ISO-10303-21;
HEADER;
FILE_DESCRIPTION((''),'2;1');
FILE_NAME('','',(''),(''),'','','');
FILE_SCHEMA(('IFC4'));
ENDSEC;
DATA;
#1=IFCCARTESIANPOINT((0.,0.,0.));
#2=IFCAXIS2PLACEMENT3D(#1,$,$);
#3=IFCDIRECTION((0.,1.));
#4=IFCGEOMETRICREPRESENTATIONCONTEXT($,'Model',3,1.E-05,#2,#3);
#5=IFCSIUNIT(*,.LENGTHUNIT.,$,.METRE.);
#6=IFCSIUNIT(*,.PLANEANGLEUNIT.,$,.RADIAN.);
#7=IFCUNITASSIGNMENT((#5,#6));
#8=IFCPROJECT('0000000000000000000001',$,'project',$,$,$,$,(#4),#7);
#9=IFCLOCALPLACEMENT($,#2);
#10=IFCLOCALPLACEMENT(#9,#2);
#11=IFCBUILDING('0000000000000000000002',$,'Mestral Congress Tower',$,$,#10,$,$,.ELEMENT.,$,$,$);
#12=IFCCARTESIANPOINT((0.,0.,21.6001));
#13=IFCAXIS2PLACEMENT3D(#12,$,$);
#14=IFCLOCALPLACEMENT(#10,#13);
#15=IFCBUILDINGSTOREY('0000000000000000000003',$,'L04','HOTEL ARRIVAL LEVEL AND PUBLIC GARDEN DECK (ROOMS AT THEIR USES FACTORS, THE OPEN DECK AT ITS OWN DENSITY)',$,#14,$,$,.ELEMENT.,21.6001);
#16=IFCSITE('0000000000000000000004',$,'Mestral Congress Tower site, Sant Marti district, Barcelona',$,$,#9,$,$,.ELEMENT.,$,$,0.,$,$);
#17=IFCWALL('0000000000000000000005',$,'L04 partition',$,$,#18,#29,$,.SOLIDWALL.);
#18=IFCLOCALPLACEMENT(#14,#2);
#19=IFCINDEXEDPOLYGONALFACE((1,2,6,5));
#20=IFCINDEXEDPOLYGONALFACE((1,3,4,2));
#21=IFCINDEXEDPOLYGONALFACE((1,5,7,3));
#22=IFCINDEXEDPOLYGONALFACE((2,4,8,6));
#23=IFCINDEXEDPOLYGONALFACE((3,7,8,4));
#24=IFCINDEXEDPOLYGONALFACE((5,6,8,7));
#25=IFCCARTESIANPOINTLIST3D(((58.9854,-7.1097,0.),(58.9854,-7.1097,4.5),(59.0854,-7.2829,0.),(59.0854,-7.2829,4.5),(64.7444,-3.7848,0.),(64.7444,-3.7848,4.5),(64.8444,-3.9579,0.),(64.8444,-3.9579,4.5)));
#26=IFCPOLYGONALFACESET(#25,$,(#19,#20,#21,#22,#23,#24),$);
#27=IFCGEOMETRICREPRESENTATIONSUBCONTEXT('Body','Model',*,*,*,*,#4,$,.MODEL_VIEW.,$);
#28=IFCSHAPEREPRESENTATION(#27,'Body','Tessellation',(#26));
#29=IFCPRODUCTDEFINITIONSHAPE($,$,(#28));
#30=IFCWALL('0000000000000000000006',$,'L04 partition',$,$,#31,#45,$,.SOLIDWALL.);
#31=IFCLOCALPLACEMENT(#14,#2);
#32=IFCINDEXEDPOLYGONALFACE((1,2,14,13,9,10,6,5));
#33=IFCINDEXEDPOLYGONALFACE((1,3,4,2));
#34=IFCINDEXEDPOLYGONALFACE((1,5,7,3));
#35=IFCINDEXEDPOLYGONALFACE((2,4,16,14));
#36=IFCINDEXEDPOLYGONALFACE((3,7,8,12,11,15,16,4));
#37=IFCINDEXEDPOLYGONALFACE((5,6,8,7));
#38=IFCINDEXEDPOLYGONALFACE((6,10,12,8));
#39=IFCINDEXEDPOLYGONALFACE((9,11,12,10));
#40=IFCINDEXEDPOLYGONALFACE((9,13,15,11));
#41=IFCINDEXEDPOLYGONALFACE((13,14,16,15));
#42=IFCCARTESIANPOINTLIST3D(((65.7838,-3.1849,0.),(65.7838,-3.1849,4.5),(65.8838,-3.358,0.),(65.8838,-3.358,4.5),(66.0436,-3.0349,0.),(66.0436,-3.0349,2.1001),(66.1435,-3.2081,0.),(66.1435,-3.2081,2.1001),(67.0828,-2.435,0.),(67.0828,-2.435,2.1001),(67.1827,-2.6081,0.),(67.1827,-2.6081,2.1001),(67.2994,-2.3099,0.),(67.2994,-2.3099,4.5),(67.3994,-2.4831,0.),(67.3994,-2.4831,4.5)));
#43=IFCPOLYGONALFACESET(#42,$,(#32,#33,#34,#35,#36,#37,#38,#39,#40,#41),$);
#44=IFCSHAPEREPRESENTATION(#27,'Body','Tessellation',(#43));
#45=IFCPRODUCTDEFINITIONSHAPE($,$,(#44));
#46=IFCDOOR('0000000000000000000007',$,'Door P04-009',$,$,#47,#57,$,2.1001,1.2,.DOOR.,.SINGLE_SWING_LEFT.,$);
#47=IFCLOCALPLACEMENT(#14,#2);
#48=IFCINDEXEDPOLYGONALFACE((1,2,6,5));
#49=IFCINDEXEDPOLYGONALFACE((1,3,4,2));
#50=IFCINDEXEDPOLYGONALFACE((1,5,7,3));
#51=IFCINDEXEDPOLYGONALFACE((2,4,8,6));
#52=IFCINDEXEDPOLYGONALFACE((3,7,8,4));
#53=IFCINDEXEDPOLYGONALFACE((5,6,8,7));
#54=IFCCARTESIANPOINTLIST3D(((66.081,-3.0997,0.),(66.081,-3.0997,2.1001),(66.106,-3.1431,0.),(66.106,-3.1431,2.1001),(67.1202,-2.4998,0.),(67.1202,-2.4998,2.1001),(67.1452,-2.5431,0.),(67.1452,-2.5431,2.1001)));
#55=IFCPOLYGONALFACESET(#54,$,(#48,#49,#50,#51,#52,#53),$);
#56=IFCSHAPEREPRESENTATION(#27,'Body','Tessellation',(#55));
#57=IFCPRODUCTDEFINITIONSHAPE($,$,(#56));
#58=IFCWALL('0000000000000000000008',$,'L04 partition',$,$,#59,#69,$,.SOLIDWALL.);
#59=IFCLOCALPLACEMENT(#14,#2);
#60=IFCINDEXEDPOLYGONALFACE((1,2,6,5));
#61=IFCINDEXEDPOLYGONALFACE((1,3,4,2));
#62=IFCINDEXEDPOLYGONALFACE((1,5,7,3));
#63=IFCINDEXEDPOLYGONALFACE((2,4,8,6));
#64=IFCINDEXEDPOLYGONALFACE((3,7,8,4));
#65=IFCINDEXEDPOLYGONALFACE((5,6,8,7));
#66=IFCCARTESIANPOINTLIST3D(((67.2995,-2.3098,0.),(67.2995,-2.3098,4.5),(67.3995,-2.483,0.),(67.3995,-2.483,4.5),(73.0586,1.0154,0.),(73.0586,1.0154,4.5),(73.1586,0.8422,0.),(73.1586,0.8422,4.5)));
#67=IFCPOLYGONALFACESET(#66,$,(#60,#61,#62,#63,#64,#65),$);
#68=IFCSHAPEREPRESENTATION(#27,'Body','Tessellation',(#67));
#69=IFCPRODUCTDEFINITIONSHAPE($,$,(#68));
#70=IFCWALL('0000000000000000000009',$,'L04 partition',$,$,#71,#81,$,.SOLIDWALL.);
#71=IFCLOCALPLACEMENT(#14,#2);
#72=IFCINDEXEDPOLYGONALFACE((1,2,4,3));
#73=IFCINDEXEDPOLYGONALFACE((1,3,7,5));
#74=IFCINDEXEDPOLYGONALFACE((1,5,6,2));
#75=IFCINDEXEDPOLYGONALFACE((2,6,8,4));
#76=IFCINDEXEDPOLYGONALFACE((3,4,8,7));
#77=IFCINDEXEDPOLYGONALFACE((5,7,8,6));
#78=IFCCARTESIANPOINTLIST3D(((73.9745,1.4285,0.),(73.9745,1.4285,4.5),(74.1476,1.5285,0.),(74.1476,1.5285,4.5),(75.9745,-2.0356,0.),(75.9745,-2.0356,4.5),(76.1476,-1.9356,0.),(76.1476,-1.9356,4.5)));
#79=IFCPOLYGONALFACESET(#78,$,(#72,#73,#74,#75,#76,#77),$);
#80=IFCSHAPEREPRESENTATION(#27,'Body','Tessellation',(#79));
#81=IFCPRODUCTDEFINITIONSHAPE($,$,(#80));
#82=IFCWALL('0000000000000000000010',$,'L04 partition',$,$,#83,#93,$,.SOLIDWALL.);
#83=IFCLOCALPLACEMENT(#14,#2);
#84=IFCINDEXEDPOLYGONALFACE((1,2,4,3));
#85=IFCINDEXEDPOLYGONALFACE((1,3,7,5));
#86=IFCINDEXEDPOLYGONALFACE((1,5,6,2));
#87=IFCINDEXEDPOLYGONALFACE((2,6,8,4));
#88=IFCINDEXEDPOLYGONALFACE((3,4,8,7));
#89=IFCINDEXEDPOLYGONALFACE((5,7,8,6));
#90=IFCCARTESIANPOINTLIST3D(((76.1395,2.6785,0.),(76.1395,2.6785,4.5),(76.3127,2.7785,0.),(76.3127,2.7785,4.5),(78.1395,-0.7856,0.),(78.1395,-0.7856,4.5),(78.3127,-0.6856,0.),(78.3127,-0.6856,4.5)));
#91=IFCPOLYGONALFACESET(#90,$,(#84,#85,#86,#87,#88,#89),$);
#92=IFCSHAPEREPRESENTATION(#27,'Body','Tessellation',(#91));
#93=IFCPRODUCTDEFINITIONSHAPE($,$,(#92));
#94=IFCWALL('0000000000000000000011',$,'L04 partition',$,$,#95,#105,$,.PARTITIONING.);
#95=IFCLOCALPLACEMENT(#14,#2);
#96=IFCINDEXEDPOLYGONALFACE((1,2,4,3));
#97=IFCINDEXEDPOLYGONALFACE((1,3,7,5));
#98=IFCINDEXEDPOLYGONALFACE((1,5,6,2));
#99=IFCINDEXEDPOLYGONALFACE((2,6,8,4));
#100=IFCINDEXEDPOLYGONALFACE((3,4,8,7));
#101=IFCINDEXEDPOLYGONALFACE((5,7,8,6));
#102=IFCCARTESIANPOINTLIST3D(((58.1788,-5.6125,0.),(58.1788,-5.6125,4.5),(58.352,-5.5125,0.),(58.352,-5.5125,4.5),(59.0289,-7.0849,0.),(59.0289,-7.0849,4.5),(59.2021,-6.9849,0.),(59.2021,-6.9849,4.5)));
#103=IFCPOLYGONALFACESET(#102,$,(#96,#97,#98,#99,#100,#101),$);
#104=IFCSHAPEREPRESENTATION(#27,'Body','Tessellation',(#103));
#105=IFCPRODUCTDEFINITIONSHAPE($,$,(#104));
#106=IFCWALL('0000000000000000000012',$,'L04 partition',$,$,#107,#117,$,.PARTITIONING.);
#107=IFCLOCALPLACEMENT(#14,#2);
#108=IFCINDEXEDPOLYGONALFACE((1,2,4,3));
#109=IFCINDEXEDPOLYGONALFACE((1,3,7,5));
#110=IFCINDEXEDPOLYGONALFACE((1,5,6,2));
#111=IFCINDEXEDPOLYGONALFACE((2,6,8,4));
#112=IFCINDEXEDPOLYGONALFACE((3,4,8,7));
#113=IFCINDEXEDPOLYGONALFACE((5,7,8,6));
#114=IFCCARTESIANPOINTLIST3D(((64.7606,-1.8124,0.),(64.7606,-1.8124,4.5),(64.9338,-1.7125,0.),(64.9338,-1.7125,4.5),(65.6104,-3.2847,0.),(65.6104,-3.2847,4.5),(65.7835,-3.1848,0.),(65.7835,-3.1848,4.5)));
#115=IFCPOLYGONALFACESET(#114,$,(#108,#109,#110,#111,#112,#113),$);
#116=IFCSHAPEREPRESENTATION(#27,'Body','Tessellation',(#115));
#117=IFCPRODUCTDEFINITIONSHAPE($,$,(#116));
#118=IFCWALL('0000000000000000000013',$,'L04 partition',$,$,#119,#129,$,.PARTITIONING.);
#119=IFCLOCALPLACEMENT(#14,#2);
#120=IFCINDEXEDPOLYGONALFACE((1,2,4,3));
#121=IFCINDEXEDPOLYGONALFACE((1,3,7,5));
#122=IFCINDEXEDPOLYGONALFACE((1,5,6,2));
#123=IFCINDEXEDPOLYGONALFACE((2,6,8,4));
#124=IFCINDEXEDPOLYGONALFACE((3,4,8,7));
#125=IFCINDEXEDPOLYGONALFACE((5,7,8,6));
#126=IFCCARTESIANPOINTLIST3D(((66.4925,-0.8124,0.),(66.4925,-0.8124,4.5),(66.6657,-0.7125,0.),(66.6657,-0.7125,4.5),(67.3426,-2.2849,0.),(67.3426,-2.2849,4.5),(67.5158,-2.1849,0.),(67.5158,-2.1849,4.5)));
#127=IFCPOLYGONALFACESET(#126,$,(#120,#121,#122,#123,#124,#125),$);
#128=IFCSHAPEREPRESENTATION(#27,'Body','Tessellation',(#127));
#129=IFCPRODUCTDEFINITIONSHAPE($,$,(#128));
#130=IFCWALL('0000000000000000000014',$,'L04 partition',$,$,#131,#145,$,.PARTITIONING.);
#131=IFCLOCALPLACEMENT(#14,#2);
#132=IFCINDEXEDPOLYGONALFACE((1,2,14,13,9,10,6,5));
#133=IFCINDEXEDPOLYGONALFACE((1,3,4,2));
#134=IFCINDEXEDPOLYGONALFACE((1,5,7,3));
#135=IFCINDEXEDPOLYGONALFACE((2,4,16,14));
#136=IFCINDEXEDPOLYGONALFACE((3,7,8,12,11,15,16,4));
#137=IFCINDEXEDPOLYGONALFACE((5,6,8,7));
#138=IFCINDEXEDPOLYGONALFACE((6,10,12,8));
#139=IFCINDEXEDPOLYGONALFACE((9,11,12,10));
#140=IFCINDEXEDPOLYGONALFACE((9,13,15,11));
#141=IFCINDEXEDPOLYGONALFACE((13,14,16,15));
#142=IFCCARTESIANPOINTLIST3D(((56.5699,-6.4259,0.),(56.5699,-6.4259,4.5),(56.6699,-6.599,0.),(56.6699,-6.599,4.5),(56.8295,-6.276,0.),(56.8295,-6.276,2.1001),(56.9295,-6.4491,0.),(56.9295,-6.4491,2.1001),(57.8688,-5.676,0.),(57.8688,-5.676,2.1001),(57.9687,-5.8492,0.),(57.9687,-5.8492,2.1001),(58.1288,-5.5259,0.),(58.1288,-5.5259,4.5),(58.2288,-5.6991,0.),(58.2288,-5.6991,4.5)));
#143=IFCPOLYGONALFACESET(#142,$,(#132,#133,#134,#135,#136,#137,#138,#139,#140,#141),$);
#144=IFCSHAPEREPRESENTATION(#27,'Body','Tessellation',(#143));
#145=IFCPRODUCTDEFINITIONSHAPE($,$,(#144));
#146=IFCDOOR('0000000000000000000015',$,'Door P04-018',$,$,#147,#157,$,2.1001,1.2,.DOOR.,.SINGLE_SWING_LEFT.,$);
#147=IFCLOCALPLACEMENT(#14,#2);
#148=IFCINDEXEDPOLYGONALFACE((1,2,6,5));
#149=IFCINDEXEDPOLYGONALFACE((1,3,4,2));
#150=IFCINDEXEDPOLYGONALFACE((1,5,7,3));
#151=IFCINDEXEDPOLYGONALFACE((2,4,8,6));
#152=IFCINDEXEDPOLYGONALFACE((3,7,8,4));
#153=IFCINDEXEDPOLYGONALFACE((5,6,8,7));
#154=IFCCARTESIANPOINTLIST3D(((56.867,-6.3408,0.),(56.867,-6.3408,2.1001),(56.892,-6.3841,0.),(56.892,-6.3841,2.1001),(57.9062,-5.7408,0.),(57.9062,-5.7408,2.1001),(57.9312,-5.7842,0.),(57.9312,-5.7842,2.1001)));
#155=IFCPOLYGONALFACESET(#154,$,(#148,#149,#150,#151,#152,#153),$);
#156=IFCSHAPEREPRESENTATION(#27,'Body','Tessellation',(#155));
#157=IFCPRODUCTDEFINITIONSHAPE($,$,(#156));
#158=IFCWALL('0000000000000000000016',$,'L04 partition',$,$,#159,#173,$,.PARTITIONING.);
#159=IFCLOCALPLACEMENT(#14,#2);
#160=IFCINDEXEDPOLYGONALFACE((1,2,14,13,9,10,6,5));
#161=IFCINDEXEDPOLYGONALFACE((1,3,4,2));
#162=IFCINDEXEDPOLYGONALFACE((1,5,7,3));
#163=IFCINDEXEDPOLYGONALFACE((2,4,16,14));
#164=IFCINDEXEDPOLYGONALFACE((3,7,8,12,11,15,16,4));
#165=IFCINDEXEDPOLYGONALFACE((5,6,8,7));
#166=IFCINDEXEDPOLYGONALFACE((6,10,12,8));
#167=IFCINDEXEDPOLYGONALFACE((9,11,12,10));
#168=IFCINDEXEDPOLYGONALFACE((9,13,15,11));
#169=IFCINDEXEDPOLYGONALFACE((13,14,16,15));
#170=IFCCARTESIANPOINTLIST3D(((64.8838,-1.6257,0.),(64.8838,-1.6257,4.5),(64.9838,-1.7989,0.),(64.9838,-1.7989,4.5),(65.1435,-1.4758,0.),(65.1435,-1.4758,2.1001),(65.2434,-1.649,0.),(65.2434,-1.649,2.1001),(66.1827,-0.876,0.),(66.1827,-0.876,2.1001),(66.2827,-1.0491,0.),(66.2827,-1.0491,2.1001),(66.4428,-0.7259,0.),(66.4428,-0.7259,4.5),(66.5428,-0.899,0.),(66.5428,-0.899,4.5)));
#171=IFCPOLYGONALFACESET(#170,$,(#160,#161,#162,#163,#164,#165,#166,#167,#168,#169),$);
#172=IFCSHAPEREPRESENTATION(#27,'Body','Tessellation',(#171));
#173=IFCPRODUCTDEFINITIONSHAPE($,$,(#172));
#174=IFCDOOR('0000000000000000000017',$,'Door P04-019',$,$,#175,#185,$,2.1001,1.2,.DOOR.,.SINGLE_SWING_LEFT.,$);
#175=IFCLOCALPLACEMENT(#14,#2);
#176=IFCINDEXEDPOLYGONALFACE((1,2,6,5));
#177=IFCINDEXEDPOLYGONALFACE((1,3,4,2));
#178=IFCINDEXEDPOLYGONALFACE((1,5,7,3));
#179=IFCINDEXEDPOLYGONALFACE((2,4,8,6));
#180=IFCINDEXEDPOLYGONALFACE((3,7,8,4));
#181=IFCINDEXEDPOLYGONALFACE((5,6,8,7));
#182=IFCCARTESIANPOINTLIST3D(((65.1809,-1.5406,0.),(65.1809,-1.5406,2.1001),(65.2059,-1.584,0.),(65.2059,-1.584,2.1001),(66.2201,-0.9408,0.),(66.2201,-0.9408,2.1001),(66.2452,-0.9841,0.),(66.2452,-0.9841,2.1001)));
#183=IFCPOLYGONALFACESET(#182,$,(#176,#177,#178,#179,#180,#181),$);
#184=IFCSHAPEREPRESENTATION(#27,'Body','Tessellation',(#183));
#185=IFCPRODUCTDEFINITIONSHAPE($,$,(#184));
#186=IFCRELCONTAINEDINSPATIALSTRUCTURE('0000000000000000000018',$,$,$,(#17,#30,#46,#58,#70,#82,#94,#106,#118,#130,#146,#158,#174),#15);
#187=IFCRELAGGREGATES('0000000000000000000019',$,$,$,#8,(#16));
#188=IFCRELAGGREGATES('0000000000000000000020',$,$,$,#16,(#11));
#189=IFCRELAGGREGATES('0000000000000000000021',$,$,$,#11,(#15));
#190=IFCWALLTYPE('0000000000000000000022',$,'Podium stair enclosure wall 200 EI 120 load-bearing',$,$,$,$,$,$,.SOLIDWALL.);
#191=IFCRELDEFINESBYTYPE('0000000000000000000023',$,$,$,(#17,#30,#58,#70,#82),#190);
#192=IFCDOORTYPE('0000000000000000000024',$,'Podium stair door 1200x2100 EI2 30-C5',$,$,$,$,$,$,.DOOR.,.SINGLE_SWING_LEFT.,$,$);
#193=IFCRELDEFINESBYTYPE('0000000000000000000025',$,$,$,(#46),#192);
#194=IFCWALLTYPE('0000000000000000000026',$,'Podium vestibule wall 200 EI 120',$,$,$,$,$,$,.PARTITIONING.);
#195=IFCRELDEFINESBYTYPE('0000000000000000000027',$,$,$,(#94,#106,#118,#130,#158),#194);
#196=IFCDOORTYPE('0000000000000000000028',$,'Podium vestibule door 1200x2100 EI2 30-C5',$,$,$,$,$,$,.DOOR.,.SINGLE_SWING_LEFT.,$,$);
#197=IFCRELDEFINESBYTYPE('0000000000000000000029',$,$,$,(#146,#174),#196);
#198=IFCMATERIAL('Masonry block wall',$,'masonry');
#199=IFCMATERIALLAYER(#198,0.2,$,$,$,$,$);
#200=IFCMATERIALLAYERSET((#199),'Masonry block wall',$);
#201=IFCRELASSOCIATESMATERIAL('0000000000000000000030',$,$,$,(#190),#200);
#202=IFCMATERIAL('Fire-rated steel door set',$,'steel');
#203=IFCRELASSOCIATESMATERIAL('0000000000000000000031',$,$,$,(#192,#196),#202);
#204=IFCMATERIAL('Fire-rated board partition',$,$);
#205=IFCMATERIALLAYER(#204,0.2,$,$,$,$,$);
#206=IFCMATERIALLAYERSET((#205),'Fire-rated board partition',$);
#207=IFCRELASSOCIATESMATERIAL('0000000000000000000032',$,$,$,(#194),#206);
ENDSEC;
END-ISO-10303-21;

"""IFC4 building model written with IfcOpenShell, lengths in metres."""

from ifc_helpers import new_model, si_unit, direction, frame, frame_2d, origin, place, context, subcontext, project, spatial, rectangle, extrude, material, layer, layer_set, type_object, element, fill, save


model = new_model("IFC4")

# Units and contexts
model_context = context("Model", 3, precision=1e-05, world=origin(), true_north=direction((0.0, 1.0)))
body_context = subcontext(model_context, "Body", "Model", "MODEL_VIEW")
ifc_project = project(units=[si_unit("LENGTHUNIT", "METRE"), si_unit("PLANEANGLEUNIT", "RADIAN")], contexts=[model_context])

# Site, building, storey
site_placement = place(None, origin())
site = spatial("IfcSite", under=ifc_project, at=site_placement, Name="Mestral Congress Tower site, Sant Marti district, Barcelona", CompositionType="ELEMENT", RefElevation=0.0)
building_placement = place(site_placement, origin())
building = spatial("IfcBuilding", under=site, at=building_placement, Name="Mestral Congress Tower", CompositionType="ELEMENT")
storey_placement = place(building_placement, frame((0.0, 0.0, 21.6001)))
storey = spatial("IfcBuildingStorey", under=building, at=storey_placement, Name="L04", Description="HOTEL ARRIVAL LEVEL AND PUBLIC GARDEN DECK (ROOMS AT THEIR USES FACTORS, THE OPEN DECK AT ITS OWN DENSITY)", CompositionType="ELEMENT", Elevation=21.6001)

# Shared definitions
ifc_material_1 = material(Name="Masonry block wall", Category="masonry")
ifc_layer_1 = layer(ifc_material_1, 0.2)
ifc_layer_set_1 = layer_set([ifc_layer_1], Name="Masonry block wall")
wall_type_1 = type_object("IfcWallType", Name="Podium stair enclosure wall 200 EI 120 load-bearing", PredefinedType="SOLIDWALL", material=ifc_layer_set_1)

# Shared definitions
ifc_material_2 = material(Name="Fire-rated steel door set", Category="steel")
door_type_1 = type_object("IfcDoorType", Name="Podium stair door 1200x2100 EI2 30-C5", OperationType="SINGLE_SWING_LEFT", PredefinedType="DOOR", material=ifc_material_2)

# Wall
wall_1_placement = place(storey_placement, frame((59.0354, -7.1963, 0.0), z_axis=(0.0, 0.0, 1.0), x_axis=(0.866027, 0.499997, 0.0)))
element("IfcWall", 1, at=wall_1_placement, inside=storey, type_object=wall_type_1, Name="L04 partition", PredefinedType="SOLIDWALL", context=body_context, shape_type="SweptSolid", body=[
    extrude(rectangle(XDim=6.6499, YDim=0.2, at=frame_2d((3.325, 0.0))), origin(), (0.0, 0.0, 1.0), 4.5),
])

# Wall, opening, door
wall_2_placement = place(storey_placement, frame((67.3494, -2.3965, 0.0), z_axis=(0.0, 0.0, 1.0), x_axis=(-0.866037, -0.49998, 0.0)))
wall_2 = element("IfcWall", 2, at=wall_2_placement, inside=storey, type_object=wall_type_1, Name="L04 partition", PredefinedType="SOLIDWALL", context=body_context, shape_type="SweptSolid", body=[
    extrude(rectangle(XDim=1.75, YDim=0.2, at=frame_2d((0.875, 0.0))), origin(), (0.0, 0.0, 1.0), 4.5),
])
opening_1_placement = place(wall_2_placement, frame((0.25, 0.0, 0.0)))
opening_1 = element("IfcOpeningElement", 3, at=opening_1_placement, cuts=wall_2, PredefinedType="OPENING", context=body_context, shape_type="SweptSolid", body=[
    extrude(rectangle(XDim=1.2, YDim=2.1001, at=frame_2d((0.6001, 1.05))), frame((0.0, 0.1099, 0.0), z_axis=(0.0, -1.0, 0.0), x_axis=(1.0, 0.0, 0.0)), (0.0, 0.0, 1.0), 0.22),
])
door_1_placement = place(opening_1_placement, origin())
door_1 = element("IfcDoor", 4, at=door_1_placement, inside=storey, type_object=door_type_1, Name="Door P04-009", OperationType="SINGLE_SWING_LEFT", OverallHeight=2.1001, OverallWidth=1.2, PredefinedType="DOOR", context=body_context, shape_type="SweptSolid", body=[
    extrude(rectangle(XDim=1.2, YDim=2.1001, at=frame_2d((0.6001, 1.05))), frame((0.0, 0.0249, 0.0), z_axis=(0.0, -1.0, 0.0), x_axis=(1.0, 0.0, 0.0)), (0.0, 0.0, 1.0), 0.05),
])
fill(opening_1, door_1)

# Walls
wall_3_placement = place(storey_placement, frame((67.3494, -2.3965, 0.0), z_axis=(0.0, 0.0, 1.0), x_axis=(0.866011, 0.500024, 0.0)))
element("IfcWall", 5, at=wall_3_placement, inside=storey, type_object=wall_type_1, Name="L04 partition", PredefinedType="SOLIDWALL", context=body_context, shape_type="SweptSolid", body=[
    extrude(rectangle(XDim=6.6501, YDim=0.2, at=frame_2d((3.3252, 0.0))), origin(), (0.0, 0.0, 1.0), 4.5),
])
for number, where, z_axis, x_axis, name in (
    (6, (76.061, -1.9856, 0.0), (0.0, 0.0, 1.0), (-0.499999, 0.866026, 0.0), "L04 partition"),
    (7, (78.2261, -0.7356, 0.0), (0.0, 0.0, 1.0), (-0.499999, 0.866026, 0.0), "L04 partition"),
):
    element("IfcWall", number, at=place(storey_placement, frame(where, z_axis=z_axis, x_axis=x_axis)), inside=storey, type_object=wall_type_1, Name=name, PredefinedType="SOLIDWALL", context=body_context, shape_type="SweptSolid", body=[
        extrude(rectangle(XDim=4.0, YDim=0.2, at=frame_2d((2.0, 0.0))), origin(), (0.0, 0.0, 1.0), 4.5),
    ])
ifc_material_3 = material(Name="Fire-rated board partition")
ifc_layer_2 = layer(ifc_material_3, 0.2)
ifc_layer_set_2 = layer_set([ifc_layer_2], Name="Fire-rated board partition")
wall_type_2 = type_object("IfcWallType", Name="Podium vestibule wall 200 EI 120", PredefinedType="PARTITIONING", material=ifc_layer_set_2)
wall_4_placement = place(storey_placement, frame((59.1155, -7.0349, 0.0), z_axis=(0.0, 0.0, 1.0), x_axis=(-0.5, 0.866025, 0.0)))
element("IfcWall", 8, at=wall_4_placement, inside=storey, type_object=wall_type_2, Name="L04 partition", PredefinedType="PARTITIONING", context=body_context, shape_type="SweptSolid", body=[
    extrude(rectangle(XDim=1.7002, YDim=0.2, at=frame_2d((0.8501, 0.0))), origin(), (0.0, 0.0, 1.0), 4.5),
])
wall_5_placement = place(storey_placement, frame((65.697, -3.2349, 0.0), z_axis=(0.0, 0.0, 1.0), x_axis=(-0.499892, 0.866088, 0.0)))
element("IfcWall", 9, at=wall_5_placement, inside=storey, type_object=wall_type_2, Name="L04 partition", PredefinedType="PARTITIONING", context=body_context, shape_type="SweptSolid", body=[
    extrude(rectangle(XDim=1.7, YDim=0.2, at=frame_2d((0.8501, 0.0))), origin(), (0.0, 0.0, 1.0), 4.5),
])
wall_6_placement = place(storey_placement, frame((67.4292, -2.2349, 0.0), z_axis=(0.0, 0.0, 1.0), x_axis=(-0.5, 0.866025, 0.0)))
element("IfcWall", 10, at=wall_6_placement, inside=storey, type_object=wall_type_2, Name="L04 partition", PredefinedType="PARTITIONING", context=body_context, shape_type="SweptSolid", body=[
    extrude(rectangle(XDim=1.7002, YDim=0.2, at=frame_2d((0.8501, 0.0))), origin(), (0.0, 0.0, 1.0), 4.5),
])

# Walls, openings, doors
wall_7_placement = place(storey_placement, frame((58.1787, -5.6125, 0.0), z_axis=(0.0, 0.0, 1.0), x_axis=(-0.866048, -0.499961, 0.0)))
wall_7 = element("IfcWall", 11, at=wall_7_placement, inside=storey, type_object=wall_type_2, Name="L04 partition", PredefinedType="PARTITIONING", context=body_context, shape_type="SweptSolid", body=[
    extrude(rectangle(XDim=1.8, YDim=0.2, at=frame_2d((0.8999, 0.0))), origin(), (0.0, 0.0, 1.0), 4.5),
])
opening_2_placement = place(wall_7_placement, frame((0.3, 0.0, 0.0)))
opening_2 = element("IfcOpeningElement", 12, at=opening_2_placement, cuts=wall_7, PredefinedType="OPENING", context=body_context, shape_type="SweptSolid", body=[
    extrude(rectangle(XDim=1.2, YDim=2.1001, at=frame_2d((0.6001, 1.05))), frame((0.0, 0.1099, 0.0), z_axis=(0.0, -1.0, 0.0), x_axis=(1.0, 0.0, 0.0)), (0.0, 0.0, 1.0), 0.22),
])
door_type_2 = type_object("IfcDoorType", Name="Podium vestibule door 1200x2100 EI2 30-C5", OperationType="SINGLE_SWING_LEFT", PredefinedType="DOOR", material=ifc_material_2)
door_2_placement = place(opening_2_placement, origin())
door_2 = element("IfcDoor", 13, at=door_2_placement, inside=storey, type_object=door_type_2, Name="Door P04-018", OperationType="SINGLE_SWING_LEFT", OverallHeight=2.1001, OverallWidth=1.2, PredefinedType="DOOR", context=body_context, shape_type="SweptSolid", body=[
    extrude(rectangle(XDim=1.2, YDim=2.1001, at=frame_2d((0.6001, 1.05))), frame((0.0, 0.0249, 0.0), z_axis=(0.0, -1.0, 0.0), x_axis=(1.0, 0.0, 0.0)), (0.0, 0.0, 1.0), 0.05),
])
fill(opening_2, door_2)
wall_8_placement = place(storey_placement, frame((66.4927, -0.8125, 0.0), z_axis=(0.0, 0.0, 1.0), x_axis=(-0.866082, -0.499902, 0.0)))
wall_8 = element("IfcWall", 14, at=wall_8_placement, inside=storey, type_object=wall_type_2, Name="L04 partition", PredefinedType="PARTITIONING", context=body_context, shape_type="SweptSolid", body=[
    extrude(rectangle(XDim=1.8, YDim=0.2, at=frame_2d((0.8999, 0.0))), origin(), (0.0, 0.0, 1.0), 4.5),
])
opening_3_placement = place(wall_8_placement, frame((0.3, 0.0, 0.0)))
opening_3 = element("IfcOpeningElement", 15, at=opening_3_placement, cuts=wall_8, PredefinedType="OPENING", context=body_context, shape_type="SweptSolid", body=[
    extrude(rectangle(XDim=1.2, YDim=2.1001, at=frame_2d((0.6001, 1.05))), frame((0.0, 0.1099, 0.0), z_axis=(0.0, -1.0, 0.0), x_axis=(1.0, 0.0, 0.0)), (0.0, 0.0, 1.0), 0.22),
])
door_3_placement = place(opening_3_placement, origin())
door_3 = element("IfcDoor", 16, at=door_3_placement, inside=storey, type_object=door_type_2, Name="Door P04-019", OperationType="SINGLE_SWING_LEFT", OverallHeight=2.1001, OverallWidth=1.2, PredefinedType="DOOR", context=body_context, shape_type="SweptSolid", body=[
    extrude(rectangle(XDim=1.2, YDim=2.1001, at=frame_2d((0.6001, 1.05))), frame((0.0, 0.0249, 0.0), z_axis=(0.0, -1.0, 0.0), x_axis=(1.0, 0.0, 0.0)), (0.0, 0.0, 1.0), 0.05),
])
fill(opening_3, door_3)

save(model, "model.ifc")
